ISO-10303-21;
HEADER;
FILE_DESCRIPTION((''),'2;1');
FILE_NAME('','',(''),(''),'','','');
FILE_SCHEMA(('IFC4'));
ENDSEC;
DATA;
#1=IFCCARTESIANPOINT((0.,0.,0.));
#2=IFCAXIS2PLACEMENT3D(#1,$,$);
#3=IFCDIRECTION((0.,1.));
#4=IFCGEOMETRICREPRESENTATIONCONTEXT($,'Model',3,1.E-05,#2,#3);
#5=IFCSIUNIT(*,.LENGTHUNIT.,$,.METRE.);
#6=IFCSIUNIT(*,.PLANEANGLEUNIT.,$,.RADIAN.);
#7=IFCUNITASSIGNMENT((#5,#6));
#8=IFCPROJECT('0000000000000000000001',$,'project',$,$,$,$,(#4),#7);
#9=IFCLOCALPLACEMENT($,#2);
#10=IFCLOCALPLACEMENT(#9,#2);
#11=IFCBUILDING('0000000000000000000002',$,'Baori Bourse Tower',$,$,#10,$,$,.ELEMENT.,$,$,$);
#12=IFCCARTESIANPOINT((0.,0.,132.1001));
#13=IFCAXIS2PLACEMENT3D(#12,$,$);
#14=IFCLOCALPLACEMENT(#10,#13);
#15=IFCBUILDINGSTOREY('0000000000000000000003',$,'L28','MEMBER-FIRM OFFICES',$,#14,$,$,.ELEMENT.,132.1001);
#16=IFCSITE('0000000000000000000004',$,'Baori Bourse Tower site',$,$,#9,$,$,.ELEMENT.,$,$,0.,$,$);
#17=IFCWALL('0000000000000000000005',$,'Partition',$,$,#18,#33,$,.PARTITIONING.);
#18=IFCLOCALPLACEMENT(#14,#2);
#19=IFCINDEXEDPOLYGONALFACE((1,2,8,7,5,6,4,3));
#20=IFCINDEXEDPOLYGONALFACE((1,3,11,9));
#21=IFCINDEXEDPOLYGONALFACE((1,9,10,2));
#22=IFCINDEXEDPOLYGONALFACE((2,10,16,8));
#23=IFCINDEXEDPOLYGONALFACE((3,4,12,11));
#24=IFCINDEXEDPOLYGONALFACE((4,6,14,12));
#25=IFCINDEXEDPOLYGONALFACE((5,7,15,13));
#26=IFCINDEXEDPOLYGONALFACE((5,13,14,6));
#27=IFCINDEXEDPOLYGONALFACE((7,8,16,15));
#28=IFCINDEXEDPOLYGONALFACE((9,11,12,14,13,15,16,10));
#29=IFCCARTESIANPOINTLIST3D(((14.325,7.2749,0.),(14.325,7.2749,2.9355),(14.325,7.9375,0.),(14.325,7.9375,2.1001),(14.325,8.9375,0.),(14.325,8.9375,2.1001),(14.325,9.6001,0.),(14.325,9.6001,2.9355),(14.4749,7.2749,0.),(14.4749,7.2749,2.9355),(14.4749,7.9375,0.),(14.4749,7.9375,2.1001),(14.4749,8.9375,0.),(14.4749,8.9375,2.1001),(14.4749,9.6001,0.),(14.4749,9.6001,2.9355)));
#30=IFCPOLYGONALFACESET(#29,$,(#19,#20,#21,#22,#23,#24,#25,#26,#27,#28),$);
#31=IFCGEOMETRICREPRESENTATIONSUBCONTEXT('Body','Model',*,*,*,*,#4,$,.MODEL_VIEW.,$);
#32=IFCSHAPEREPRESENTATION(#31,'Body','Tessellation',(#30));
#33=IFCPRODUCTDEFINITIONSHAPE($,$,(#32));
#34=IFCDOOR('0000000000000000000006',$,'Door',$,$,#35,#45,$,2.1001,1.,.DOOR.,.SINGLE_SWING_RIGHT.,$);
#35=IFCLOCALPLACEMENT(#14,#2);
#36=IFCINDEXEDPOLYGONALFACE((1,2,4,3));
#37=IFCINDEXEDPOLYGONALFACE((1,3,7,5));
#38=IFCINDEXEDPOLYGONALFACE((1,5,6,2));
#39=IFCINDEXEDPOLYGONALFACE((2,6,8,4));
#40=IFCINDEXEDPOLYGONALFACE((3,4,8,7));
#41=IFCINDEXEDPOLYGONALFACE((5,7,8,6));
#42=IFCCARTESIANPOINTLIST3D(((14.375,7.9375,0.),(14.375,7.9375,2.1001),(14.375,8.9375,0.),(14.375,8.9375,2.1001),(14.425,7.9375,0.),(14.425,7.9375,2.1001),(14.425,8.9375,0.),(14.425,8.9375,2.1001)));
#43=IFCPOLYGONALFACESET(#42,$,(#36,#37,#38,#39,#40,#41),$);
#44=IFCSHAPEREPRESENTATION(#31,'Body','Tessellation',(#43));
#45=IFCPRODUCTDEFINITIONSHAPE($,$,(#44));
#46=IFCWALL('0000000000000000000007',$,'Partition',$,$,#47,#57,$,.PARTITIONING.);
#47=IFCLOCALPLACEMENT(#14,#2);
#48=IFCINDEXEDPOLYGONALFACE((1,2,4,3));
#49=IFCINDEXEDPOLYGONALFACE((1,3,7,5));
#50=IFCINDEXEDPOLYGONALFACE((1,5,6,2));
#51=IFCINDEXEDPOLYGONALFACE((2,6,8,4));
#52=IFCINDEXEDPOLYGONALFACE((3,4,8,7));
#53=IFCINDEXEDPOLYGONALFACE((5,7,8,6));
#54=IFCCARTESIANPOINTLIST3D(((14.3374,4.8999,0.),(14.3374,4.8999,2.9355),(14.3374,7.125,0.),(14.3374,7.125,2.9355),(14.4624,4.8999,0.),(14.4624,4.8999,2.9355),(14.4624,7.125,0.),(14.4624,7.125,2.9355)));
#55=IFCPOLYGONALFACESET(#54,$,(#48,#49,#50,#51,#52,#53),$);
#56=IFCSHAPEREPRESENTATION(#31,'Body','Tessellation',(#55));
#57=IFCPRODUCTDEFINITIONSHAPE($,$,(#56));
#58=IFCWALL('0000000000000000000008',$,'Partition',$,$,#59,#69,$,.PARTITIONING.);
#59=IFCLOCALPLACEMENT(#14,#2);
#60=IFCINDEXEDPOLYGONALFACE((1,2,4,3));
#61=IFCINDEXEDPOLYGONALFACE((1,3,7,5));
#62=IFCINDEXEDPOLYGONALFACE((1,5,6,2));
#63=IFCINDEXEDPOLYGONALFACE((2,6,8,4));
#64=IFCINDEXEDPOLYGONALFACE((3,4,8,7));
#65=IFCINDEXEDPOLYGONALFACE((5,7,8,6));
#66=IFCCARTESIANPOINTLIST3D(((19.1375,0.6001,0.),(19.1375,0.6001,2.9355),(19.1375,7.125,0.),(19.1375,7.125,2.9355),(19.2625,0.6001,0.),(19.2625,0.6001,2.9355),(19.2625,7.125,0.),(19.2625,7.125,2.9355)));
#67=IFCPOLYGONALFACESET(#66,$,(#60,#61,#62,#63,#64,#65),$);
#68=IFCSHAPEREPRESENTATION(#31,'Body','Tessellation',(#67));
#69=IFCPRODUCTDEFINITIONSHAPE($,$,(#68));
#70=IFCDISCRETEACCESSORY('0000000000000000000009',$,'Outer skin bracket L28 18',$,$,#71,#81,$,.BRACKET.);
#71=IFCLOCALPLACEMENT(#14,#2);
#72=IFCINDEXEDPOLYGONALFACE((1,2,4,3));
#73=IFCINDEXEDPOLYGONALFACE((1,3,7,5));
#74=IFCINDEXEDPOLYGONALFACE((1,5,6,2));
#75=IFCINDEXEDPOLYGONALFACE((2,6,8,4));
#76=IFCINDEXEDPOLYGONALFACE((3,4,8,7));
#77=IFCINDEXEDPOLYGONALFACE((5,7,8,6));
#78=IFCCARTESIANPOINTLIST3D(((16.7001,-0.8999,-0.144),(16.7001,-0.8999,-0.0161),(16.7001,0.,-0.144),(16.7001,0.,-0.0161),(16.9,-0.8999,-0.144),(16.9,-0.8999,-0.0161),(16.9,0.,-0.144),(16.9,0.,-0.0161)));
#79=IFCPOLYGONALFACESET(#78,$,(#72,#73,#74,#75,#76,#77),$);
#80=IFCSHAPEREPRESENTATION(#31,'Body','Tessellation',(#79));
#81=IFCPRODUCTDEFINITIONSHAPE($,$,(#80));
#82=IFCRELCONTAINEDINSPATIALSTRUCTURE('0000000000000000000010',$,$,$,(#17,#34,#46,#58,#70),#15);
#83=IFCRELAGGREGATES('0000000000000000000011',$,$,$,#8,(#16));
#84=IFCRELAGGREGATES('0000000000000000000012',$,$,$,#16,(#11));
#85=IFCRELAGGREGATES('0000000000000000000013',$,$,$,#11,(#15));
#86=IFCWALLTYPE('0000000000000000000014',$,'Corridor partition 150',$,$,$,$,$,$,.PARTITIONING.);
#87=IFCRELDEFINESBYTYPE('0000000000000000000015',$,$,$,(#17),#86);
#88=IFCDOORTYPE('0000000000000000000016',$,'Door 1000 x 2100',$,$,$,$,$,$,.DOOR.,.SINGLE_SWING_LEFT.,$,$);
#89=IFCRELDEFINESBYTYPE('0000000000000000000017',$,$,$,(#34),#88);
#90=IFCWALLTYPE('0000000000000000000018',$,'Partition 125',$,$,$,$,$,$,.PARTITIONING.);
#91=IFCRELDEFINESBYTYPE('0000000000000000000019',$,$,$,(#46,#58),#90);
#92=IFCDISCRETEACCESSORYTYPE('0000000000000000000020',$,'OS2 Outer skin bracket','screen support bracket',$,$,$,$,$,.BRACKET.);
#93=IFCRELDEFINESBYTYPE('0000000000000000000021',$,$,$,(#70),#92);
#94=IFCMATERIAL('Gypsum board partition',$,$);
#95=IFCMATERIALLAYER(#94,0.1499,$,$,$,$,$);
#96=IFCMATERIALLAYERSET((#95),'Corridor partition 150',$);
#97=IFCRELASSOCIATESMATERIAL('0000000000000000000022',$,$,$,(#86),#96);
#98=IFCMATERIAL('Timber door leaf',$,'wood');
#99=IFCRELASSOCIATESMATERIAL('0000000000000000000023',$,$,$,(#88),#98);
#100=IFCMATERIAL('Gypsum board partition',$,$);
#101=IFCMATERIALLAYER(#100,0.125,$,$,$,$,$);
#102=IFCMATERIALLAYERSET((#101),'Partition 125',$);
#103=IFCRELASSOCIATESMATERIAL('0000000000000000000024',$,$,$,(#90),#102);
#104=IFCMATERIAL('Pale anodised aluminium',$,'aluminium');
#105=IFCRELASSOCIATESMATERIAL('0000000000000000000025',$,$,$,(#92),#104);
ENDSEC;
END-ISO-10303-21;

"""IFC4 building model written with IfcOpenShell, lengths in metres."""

from ifc_helpers import new_model, si_unit, direction, frame, frame_2d, origin, origin_2d, place, context, subcontext, project, spatial, rectangle, extrude, material, layer, layer_set, type_object, element, fill, save


model = new_model("IFC4")

# Units and contexts
model_context = context("Model", 3, precision=1e-05, world=origin(), true_north=direction((0.0, 1.0)))
body_context = subcontext(model_context, "Body", "Model", "MODEL_VIEW")
ifc_project = project(units=[si_unit("LENGTHUNIT", "METRE"), si_unit("PLANEANGLEUNIT", "RADIAN")], contexts=[model_context])

# Site, building, storey
site_placement = place(None, origin())
site = spatial("IfcSite", under=ifc_project, at=site_placement, Name="Baori Bourse Tower site", CompositionType="ELEMENT", RefElevation=0.0)
building_placement = place(site_placement, origin())
building = spatial("IfcBuilding", under=site, at=building_placement, Name="Baori Bourse Tower", CompositionType="ELEMENT")
storey_placement = place(building_placement, frame((0.0, 0.0, 132.1001)))
storey = spatial("IfcBuildingStorey", under=building, at=storey_placement, Name="L28", Description="MEMBER-FIRM OFFICES", CompositionType="ELEMENT", Elevation=132.1001)

# Shared definitions
ifc_material_1 = material(Name="Gypsum board partition")
ifc_layer_1 = layer(ifc_material_1, 0.1499)
ifc_layer_set_1 = layer_set([ifc_layer_1], Name="Corridor partition 150")
wall_type_1 = type_object("IfcWallType", Name="Corridor partition 150", PredefinedType="PARTITIONING", material=ifc_layer_set_1)
ifc_material_2 = material(Name="Timber door leaf", Category="wood")
door_type_1 = type_object("IfcDoorType", Name="Door 1000 x 2100", OperationType="SINGLE_SWING_LEFT", PredefinedType="DOOR", material=ifc_material_2)

# Wall, opening, door
wall_1_placement = place(storey_placement, frame((14.3999, 7.2749, 0.0), z_axis=(0.0, 0.0, 1.0), x_axis=(0.0, 1.0, 0.0)))
wall_1 = element("IfcWall", 1, at=wall_1_placement, inside=storey, type_object=wall_type_1, Name="Partition", PredefinedType="PARTITIONING", context=body_context, shape_type="SweptSolid", body=[
    extrude(rectangle(XDim=2.3252, YDim=0.1499, at=frame_2d((1.1626, 0.0))), origin(), (0.0, 0.0, 1.0), 2.9355),
])
opening_1_placement = place(wall_1_placement, frame((0.6626, 0.0, 0.0)))
opening_1 = element("IfcOpeningElement", 2, at=opening_1_placement, cuts=wall_1, PredefinedType="OPENING", context=body_context, shape_type="SweptSolid", body=[
    extrude(rectangle(XDim=1.0, YDim=2.1001, at=frame_2d((0.5, 1.05))), frame((0.0, 0.085, 0.0), z_axis=(0.0, -1.0, 0.0), x_axis=(1.0, 0.0, 0.0)), (0.0, 0.0, 1.0), 0.1699),
])
door_1_placement = place(opening_1_placement, origin())
door_1 = element("IfcDoor", 3, at=door_1_placement, inside=storey, type_object=door_type_1, Name="Door", OperationType="SINGLE_SWING_RIGHT", OverallHeight=2.1001, OverallWidth=1.0, PredefinedType="DOOR", context=body_context, shape_type="SweptSolid", body=[
    extrude(rectangle(XDim=1.0, YDim=2.1001, at=frame_2d((0.5, 1.05))), frame((0.0, 0.0249, 0.0), z_axis=(0.0, -1.0, 0.0), x_axis=(1.0, 0.0, 0.0)), (0.0, 0.0, 1.0), 0.05),
])
fill(opening_1, door_1)

# Walls
ifc_material_3 = material(Name="Gypsum board partition")
ifc_layer_2 = layer(ifc_material_3, 0.125)
ifc_layer_set_2 = layer_set([ifc_layer_2], Name="Partition 125")
wall_type_2 = type_object("IfcWallType", Name="Partition 125", PredefinedType="PARTITIONING", material=ifc_layer_set_2)
wall_2_placement = place(storey_placement, frame((14.3999, 4.8999, 0.0), z_axis=(0.0, 0.0, 1.0), x_axis=(0.0, 1.0, 0.0)))
element("IfcWall", 4, at=wall_2_placement, inside=storey, type_object=wall_type_2, Name="Partition", PredefinedType="PARTITIONING", context=body_context, shape_type="SweptSolid", body=[
    extrude(rectangle(XDim=2.2251, YDim=0.125, at=frame_2d((1.1125, 0.0))), origin(), (0.0, 0.0, 1.0), 2.9355),
])
wall_3_placement = place(storey_placement, frame((19.2, 0.6001, 0.0), z_axis=(0.0, 0.0, 1.0), x_axis=(0.0, 1.0, 0.0)))
element("IfcWall", 5, at=wall_3_placement, inside=storey, type_object=wall_type_2, Name="Partition", PredefinedType="PARTITIONING", context=body_context, shape_type="SweptSolid", body=[
    extrude(rectangle(XDim=6.5249, YDim=0.125, at=frame_2d((3.2625, 0.0))), origin(), (0.0, 0.0, 1.0), 2.9355),
])

# Discrete accessory
ifc_material_4 = material(Name="Pale anodised aluminium", Category="aluminium")
discrete_accessory_type = type_object("IfcDiscreteAccessoryType", Name="OS2 Outer skin bracket", Description="screen support bracket", PredefinedType="BRACKET", material=ifc_material_4)
discrete_accessory_placement = place(storey_placement, frame((16.8, -0.45, -0.144), z_axis=(0.0, 0.0, 1.0), x_axis=(1.0, 0.0, 0.0)))
element("IfcDiscreteAccessory", 6, at=discrete_accessory_placement, inside=storey, type_object=discrete_accessory_type, Name="Outer skin bracket L28 18", PredefinedType="BRACKET", context=body_context, shape_type="SweptSolid", body=[
    extrude(rectangle(XDim=0.2, YDim=0.8999, at=origin_2d()), origin(), (0.0, 0.0, 1.0), 0.1279),
])

save(model, "model.ifc")
